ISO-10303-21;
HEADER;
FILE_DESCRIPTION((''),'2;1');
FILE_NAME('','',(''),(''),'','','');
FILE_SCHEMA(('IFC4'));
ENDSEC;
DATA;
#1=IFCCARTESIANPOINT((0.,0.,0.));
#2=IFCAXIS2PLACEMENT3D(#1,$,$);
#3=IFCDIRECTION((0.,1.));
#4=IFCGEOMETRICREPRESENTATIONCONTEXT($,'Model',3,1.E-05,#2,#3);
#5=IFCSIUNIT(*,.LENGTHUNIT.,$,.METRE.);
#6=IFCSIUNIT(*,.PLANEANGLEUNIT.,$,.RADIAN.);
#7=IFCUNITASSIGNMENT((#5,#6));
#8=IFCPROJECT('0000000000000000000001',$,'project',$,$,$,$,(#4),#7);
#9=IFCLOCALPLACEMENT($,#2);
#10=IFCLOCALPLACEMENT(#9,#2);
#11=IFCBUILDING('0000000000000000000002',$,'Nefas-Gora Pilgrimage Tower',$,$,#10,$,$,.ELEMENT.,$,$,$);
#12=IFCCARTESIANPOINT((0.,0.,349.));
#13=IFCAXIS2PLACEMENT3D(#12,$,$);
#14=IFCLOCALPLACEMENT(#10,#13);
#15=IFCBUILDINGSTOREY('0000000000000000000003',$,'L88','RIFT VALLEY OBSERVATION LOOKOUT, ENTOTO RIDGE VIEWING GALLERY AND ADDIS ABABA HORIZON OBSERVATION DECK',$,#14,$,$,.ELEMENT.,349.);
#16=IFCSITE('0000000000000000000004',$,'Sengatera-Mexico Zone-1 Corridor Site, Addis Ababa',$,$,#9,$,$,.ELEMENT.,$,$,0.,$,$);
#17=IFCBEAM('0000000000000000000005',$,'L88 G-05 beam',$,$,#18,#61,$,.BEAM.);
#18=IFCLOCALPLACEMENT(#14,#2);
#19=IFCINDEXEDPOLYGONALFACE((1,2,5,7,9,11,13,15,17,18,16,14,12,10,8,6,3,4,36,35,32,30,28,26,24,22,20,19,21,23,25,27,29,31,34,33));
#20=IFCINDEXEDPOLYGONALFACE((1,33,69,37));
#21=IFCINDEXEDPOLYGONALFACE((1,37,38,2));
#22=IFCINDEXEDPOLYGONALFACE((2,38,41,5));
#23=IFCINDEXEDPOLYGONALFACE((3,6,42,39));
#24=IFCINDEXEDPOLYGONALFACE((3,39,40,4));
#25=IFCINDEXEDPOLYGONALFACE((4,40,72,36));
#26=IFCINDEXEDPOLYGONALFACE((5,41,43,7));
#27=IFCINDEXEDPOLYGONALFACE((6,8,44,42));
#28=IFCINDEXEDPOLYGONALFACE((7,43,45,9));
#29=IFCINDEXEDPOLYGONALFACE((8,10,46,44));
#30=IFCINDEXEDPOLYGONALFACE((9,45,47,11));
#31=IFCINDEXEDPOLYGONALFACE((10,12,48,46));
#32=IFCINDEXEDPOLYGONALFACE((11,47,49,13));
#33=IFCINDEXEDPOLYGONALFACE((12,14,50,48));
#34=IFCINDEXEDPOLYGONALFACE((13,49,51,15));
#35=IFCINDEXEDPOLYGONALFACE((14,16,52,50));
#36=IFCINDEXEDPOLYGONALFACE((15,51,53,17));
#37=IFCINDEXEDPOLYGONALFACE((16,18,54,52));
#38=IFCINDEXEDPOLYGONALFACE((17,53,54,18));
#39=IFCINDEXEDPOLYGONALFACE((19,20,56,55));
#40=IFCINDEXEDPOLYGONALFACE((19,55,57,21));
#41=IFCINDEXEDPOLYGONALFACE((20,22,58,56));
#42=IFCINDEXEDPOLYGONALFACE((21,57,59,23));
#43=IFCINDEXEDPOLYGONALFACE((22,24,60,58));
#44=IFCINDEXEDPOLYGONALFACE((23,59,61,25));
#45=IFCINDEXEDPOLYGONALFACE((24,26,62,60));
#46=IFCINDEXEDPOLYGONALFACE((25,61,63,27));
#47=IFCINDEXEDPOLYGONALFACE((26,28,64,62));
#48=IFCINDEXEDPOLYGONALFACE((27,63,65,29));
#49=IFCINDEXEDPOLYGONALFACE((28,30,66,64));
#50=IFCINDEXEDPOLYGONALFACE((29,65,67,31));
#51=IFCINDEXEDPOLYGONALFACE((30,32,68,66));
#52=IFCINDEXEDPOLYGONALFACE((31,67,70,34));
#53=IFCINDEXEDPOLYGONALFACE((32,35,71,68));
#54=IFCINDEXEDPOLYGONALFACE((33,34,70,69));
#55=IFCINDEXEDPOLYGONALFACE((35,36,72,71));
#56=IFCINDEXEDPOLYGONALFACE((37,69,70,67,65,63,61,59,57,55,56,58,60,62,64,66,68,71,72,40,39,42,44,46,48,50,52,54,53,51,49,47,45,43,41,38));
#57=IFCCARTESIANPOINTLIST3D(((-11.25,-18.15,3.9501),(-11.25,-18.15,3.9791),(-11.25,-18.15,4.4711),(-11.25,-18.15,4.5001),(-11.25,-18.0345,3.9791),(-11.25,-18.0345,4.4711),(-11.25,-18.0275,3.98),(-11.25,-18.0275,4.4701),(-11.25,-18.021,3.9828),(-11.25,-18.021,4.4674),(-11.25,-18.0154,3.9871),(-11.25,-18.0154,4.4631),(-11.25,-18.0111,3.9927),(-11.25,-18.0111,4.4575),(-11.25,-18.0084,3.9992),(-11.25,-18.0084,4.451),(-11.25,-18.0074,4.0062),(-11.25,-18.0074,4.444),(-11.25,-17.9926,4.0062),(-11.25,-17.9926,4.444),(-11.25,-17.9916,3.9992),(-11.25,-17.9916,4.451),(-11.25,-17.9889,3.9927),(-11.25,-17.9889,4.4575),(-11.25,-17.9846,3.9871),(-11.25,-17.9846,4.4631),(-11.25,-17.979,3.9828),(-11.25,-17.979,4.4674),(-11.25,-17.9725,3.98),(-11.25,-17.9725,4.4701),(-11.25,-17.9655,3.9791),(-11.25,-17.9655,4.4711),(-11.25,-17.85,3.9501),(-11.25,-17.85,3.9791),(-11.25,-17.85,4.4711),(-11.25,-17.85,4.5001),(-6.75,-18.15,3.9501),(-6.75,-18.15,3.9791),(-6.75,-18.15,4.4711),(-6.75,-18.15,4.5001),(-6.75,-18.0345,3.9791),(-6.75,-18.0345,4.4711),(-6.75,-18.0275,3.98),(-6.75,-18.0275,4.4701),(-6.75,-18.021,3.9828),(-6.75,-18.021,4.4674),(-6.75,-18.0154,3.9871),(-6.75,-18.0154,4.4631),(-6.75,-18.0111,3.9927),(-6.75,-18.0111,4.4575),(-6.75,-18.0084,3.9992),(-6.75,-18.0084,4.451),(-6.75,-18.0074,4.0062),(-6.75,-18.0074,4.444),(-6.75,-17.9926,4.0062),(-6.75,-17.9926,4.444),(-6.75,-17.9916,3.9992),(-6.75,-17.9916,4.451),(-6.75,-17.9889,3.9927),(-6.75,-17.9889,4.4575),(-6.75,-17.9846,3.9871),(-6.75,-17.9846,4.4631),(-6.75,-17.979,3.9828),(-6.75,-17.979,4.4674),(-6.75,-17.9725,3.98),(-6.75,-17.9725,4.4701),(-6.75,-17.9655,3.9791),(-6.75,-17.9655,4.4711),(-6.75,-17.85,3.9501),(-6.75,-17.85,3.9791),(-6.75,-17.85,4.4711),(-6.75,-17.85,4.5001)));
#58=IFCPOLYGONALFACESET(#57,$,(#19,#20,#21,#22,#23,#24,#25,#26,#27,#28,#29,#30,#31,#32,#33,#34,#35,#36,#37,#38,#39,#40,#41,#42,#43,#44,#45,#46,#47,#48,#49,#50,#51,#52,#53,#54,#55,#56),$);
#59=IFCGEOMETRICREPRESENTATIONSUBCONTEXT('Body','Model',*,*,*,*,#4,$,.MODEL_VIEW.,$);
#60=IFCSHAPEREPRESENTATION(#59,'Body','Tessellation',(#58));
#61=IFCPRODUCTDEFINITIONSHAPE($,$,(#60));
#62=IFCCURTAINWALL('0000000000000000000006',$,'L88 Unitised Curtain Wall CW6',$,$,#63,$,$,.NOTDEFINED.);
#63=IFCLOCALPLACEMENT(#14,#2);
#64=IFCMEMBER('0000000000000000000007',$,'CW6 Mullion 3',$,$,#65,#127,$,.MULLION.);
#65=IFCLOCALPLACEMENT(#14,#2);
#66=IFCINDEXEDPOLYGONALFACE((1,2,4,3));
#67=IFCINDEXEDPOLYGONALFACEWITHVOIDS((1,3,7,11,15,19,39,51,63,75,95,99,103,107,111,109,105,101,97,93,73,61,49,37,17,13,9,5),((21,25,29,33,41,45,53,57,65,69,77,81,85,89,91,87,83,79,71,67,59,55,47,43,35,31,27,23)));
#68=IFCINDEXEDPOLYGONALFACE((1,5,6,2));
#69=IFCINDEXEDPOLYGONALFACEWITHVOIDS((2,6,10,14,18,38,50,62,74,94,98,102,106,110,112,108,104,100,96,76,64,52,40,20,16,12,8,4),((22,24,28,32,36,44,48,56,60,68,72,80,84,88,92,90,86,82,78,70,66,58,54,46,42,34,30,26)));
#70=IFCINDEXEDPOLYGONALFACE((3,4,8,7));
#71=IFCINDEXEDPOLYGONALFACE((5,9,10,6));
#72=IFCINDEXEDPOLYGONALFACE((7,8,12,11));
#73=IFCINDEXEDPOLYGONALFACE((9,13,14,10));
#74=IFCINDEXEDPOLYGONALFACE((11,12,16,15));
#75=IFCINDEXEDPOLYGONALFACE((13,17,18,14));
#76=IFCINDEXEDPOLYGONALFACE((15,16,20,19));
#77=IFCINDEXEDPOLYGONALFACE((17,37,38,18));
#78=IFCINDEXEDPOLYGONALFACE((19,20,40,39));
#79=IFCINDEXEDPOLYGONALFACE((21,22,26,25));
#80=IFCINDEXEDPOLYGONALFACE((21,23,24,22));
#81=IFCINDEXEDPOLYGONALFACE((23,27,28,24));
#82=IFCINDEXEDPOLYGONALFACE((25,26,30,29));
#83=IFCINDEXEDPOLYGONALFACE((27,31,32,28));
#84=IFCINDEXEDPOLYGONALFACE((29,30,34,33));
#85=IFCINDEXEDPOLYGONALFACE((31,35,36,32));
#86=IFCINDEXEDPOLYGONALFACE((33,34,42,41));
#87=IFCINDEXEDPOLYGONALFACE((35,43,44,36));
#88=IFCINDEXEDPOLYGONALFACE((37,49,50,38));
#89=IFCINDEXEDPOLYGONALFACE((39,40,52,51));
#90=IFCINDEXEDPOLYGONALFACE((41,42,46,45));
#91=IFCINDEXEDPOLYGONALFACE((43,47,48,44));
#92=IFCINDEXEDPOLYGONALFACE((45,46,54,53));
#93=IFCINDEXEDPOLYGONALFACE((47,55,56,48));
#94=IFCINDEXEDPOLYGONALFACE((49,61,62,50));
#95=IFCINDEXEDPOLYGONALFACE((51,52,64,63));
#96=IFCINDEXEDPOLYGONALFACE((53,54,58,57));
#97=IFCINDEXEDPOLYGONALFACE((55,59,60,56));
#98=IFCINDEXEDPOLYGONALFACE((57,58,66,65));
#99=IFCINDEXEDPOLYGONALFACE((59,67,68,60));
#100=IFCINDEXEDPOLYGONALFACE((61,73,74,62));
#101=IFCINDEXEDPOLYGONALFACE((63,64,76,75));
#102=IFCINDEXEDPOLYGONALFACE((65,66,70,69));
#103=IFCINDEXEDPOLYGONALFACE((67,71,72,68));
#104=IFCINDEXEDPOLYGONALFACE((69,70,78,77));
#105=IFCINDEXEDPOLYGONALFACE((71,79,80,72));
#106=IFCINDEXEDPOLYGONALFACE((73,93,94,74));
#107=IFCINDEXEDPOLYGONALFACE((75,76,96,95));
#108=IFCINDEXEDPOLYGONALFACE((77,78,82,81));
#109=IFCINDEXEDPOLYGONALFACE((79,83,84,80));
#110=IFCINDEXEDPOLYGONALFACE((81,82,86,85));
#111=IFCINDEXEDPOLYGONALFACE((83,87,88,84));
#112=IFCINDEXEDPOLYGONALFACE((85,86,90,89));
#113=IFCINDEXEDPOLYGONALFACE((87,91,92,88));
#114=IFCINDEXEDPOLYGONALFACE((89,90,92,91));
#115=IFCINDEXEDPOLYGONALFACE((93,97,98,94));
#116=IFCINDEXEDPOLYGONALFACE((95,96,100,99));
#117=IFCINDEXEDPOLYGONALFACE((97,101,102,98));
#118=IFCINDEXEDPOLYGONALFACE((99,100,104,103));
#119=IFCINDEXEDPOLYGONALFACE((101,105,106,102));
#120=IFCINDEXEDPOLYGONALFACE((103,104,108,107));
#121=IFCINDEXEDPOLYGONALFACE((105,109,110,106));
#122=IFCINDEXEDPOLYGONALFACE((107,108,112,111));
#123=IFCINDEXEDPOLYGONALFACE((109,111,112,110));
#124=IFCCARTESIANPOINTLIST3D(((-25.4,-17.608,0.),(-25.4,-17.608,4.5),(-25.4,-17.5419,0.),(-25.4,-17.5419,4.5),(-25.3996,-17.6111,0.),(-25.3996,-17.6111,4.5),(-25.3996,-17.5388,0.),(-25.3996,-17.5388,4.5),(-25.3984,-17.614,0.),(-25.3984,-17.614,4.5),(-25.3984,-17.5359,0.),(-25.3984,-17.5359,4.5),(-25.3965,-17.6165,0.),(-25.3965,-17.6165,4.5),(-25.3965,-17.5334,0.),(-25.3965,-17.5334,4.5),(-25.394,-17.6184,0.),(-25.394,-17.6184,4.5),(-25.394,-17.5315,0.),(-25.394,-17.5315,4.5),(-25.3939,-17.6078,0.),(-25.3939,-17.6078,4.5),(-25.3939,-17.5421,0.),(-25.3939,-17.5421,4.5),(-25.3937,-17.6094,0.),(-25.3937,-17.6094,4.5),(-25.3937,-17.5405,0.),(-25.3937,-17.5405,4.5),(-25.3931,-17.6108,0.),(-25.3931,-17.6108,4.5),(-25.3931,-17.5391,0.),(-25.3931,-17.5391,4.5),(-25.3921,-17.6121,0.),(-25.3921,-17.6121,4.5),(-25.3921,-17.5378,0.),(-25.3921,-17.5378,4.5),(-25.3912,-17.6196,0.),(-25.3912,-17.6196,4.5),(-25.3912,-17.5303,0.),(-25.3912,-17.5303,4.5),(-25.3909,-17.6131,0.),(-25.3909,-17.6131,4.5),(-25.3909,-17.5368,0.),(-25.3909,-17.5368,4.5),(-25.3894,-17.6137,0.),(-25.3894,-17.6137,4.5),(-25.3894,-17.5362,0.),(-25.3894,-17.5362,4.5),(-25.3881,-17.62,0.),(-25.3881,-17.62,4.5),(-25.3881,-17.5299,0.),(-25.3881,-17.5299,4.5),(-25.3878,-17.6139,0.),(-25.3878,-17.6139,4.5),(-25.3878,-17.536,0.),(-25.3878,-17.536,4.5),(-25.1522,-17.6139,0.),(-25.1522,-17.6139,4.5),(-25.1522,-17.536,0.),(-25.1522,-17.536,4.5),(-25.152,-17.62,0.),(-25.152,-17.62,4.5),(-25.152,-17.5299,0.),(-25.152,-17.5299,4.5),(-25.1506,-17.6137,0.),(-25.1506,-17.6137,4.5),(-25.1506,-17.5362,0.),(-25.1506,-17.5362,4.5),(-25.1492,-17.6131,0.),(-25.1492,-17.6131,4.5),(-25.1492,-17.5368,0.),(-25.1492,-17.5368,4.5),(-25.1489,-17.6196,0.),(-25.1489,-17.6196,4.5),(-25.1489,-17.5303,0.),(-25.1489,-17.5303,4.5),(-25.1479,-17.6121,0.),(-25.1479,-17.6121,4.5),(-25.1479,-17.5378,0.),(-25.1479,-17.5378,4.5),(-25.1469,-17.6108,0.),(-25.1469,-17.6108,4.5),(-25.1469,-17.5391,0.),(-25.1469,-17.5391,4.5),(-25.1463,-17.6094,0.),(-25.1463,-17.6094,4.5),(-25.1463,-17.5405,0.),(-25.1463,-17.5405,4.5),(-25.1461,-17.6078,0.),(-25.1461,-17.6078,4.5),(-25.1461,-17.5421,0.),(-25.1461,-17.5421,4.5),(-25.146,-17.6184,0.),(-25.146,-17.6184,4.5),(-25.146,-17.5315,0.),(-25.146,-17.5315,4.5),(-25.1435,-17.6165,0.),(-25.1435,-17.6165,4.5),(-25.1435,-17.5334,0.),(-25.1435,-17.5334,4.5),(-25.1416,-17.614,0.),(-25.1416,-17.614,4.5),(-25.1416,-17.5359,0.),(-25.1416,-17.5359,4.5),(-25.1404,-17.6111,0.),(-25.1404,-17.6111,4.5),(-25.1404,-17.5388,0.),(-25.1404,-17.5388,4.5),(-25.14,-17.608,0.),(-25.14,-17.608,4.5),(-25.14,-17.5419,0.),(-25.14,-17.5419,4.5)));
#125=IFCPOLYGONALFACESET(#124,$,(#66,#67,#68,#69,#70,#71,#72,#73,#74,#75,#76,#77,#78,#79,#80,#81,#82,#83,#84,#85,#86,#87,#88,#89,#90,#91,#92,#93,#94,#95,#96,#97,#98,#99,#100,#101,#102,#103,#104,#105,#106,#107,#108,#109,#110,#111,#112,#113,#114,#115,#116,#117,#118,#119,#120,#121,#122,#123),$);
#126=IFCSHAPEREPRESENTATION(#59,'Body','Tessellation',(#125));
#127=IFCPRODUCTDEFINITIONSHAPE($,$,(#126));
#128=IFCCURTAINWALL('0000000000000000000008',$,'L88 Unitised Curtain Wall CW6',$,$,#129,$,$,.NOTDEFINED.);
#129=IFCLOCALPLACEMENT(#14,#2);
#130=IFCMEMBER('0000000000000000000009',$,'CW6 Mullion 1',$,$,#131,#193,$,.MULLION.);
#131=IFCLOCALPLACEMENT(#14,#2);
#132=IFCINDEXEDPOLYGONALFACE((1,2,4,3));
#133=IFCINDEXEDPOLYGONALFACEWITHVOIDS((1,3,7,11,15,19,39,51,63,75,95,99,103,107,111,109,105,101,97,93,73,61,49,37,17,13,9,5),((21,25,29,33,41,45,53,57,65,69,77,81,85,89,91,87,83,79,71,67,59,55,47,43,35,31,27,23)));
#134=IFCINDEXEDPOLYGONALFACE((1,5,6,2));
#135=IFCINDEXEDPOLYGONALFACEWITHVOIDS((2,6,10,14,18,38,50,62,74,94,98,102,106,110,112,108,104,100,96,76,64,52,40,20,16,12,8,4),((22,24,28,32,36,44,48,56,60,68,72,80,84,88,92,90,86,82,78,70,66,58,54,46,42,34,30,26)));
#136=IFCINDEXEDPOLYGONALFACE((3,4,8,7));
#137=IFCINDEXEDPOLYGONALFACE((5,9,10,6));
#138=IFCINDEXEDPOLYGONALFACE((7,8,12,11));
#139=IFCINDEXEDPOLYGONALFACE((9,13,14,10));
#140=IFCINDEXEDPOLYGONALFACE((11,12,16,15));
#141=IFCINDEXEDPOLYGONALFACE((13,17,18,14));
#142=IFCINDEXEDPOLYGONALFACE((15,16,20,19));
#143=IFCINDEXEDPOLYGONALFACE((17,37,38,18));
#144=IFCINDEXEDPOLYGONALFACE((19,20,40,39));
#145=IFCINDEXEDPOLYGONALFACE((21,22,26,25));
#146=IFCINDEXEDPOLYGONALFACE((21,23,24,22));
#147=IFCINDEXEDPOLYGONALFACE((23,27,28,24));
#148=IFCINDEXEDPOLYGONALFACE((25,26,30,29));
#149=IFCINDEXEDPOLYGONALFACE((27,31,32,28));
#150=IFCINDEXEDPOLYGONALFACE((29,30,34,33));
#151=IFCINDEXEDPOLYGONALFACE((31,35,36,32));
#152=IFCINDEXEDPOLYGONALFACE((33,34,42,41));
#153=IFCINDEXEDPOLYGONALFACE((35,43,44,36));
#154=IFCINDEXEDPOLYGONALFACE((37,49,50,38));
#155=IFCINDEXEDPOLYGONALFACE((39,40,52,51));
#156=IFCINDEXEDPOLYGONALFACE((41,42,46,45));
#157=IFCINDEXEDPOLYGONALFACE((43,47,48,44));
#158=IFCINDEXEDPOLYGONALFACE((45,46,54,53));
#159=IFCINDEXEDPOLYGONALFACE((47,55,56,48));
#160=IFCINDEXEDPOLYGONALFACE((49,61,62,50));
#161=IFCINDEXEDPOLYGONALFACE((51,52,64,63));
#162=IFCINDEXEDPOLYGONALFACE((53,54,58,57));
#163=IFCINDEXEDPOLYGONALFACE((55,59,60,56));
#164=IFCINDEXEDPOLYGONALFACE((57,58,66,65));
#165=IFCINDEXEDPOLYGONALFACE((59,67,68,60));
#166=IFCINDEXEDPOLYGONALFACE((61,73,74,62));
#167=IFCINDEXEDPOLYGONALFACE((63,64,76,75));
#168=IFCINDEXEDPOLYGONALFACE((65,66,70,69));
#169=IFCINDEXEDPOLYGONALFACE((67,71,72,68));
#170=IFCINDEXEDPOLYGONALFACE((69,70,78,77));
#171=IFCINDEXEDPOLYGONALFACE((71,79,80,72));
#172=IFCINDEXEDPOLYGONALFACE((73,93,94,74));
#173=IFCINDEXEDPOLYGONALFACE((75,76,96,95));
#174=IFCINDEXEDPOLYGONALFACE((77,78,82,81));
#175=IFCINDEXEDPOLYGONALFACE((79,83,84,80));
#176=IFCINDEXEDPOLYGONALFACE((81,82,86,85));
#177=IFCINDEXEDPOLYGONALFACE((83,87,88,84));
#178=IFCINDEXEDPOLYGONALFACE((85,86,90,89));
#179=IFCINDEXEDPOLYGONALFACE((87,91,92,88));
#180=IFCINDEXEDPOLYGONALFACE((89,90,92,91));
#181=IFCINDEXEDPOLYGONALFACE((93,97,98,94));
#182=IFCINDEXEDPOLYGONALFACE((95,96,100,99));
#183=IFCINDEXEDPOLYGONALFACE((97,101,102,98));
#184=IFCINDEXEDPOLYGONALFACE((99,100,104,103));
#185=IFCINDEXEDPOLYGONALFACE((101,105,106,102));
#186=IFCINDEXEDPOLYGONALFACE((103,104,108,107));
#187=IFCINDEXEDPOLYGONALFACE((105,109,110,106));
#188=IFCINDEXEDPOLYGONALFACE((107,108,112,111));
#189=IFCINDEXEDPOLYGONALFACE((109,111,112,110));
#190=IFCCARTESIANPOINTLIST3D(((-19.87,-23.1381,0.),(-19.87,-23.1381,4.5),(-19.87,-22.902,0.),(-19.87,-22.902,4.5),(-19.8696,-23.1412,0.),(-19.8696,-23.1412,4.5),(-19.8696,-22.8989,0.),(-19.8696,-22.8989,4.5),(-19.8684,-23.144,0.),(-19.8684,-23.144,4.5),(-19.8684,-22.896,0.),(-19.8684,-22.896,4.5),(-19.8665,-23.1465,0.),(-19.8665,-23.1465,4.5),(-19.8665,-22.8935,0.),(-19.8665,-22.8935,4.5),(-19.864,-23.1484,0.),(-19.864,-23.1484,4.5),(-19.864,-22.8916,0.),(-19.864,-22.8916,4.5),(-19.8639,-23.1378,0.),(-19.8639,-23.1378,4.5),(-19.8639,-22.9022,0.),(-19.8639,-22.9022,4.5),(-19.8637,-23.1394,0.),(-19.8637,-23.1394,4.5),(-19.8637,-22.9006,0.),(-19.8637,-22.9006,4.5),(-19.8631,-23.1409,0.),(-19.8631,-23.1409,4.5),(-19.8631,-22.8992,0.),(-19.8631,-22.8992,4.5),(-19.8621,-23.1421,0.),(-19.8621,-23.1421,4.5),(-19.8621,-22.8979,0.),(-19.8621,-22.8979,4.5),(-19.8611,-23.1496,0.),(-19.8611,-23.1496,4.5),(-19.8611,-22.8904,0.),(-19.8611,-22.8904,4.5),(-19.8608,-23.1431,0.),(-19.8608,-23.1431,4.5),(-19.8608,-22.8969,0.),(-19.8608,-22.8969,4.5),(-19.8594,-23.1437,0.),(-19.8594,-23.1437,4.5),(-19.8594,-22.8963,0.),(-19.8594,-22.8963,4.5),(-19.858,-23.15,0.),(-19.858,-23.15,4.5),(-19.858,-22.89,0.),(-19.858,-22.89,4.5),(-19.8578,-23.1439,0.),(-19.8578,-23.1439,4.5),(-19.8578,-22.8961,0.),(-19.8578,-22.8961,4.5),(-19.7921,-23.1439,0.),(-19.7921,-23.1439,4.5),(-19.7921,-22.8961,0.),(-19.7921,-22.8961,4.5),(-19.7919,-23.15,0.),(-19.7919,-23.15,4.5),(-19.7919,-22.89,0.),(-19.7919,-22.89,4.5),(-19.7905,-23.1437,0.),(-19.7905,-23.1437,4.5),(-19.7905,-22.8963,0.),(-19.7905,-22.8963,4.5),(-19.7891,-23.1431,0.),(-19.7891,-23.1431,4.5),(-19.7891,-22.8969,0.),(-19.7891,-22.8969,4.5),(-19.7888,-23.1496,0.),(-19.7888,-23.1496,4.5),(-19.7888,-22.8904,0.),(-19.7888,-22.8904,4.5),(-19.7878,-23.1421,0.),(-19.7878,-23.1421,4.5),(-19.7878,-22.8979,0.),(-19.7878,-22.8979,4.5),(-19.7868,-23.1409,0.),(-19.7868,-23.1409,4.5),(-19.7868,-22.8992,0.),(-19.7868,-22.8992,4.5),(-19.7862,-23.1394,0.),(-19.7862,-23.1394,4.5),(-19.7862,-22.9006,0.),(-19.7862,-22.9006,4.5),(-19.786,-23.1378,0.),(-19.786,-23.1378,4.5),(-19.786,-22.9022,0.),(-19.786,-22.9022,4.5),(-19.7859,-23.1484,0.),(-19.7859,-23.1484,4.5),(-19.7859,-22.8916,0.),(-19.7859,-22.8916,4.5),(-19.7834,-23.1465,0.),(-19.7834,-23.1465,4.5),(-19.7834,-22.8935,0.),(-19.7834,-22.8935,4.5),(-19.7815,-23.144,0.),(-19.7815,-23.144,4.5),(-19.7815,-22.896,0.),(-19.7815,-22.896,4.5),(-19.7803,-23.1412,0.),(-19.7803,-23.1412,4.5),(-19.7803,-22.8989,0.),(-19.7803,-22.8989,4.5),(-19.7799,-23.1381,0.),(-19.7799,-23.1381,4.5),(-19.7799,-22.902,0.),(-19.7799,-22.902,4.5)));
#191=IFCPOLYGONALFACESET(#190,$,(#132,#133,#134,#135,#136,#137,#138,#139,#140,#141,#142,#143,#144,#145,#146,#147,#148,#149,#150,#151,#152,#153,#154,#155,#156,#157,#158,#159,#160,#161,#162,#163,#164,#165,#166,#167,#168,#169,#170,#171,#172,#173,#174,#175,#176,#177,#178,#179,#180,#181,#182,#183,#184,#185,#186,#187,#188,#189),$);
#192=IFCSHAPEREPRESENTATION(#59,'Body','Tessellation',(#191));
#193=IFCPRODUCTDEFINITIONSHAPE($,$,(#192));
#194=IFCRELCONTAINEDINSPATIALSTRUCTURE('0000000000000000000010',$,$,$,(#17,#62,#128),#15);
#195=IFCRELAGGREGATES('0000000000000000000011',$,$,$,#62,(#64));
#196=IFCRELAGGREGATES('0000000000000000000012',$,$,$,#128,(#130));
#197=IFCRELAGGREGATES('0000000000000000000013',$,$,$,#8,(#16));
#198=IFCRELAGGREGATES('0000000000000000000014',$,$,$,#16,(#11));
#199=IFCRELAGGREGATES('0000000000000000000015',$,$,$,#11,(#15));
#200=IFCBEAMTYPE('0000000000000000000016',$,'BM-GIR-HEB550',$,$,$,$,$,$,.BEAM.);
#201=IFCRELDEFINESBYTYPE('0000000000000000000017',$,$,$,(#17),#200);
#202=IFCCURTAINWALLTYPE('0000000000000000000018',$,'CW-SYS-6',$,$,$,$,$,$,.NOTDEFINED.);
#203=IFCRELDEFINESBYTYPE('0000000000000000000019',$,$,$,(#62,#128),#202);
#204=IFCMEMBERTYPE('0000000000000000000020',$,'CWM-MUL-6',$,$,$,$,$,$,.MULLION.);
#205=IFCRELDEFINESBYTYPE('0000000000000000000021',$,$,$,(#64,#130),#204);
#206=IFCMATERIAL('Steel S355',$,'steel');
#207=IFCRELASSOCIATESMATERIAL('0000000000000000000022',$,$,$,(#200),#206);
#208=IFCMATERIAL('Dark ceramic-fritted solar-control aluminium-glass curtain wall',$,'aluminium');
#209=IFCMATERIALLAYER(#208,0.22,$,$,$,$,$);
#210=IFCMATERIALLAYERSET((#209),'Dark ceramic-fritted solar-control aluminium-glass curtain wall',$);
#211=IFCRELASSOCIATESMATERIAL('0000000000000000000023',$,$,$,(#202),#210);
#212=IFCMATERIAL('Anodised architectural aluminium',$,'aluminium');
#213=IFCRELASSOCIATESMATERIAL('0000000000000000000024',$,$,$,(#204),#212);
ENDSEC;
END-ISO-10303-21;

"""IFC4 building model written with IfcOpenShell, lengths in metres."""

from ifc_helpers import new_model, si_unit, direction, frame, origin, origin_2d, place, context, subcontext, project, spatial, hollow_rectangle, i_section, extrude, source, transform, mapped, material, layer, layer_set, material_profile, profile_set, type_object, element, aggregate, save


model = new_model("IFC4")

# Units and contexts
model_context = context("Model", 3, precision=1e-05, world=origin(), true_north=direction((0.0, 1.0)))
body_context = subcontext(model_context, "Body", "Model", "MODEL_VIEW")
ifc_project = project(units=[si_unit("LENGTHUNIT", "METRE"), si_unit("PLANEANGLEUNIT", "RADIAN")], contexts=[model_context])

# Site, building, storey
site_placement = place(None, origin())
site = spatial("IfcSite", under=ifc_project, at=site_placement, Name="Sengatera-Mexico Zone-1 Corridor Site, Addis Ababa", CompositionType="ELEMENT", RefElevation=0.0)
building_placement = place(site_placement, origin())
building = spatial("IfcBuilding", under=site, at=building_placement, Name="Nefas-Gora Pilgrimage Tower", CompositionType="ELEMENT")
storey_placement = place(building_placement, frame((0.0, 0.0, 349.0)))
storey = spatial("IfcBuildingStorey", under=building, at=storey_placement, Name="L88", Description="RIFT VALLEY OBSERVATION LOOKOUT, ENTOTO RIDGE VIEWING GALLERY AND ADDIS ABABA HORIZON OBSERVATION DECK", CompositionType="ELEMENT", Elevation=349.0)

# Shared definitions
ifc_material_1 = material(Name="Steel S355", Category="steel")

# Beam
ifc_material_profile_1 = material_profile(ifc_material_1, i_section(OverallWidth=0.3, OverallDepth=0.55, WebThickness=0.0149, FlangeThickness=0.0291, FilletRadius=0.0271, at=origin_2d()), Name="HEB 550")
ifc_profile_set_1 = profile_set([ifc_material_profile_1], Name="Steel S355")
beam_type_1 = type_object("IfcBeamType", Name="BM-GIR-HEB550", PredefinedType="BEAM", material=ifc_profile_set_1)
shared_shape_1 = source(origin(), body_context, "Body", "SweptSolid", [
    extrude(i_section(OverallWidth=0.3, OverallDepth=0.55, WebThickness=0.0149, FlangeThickness=0.0291, FilletRadius=0.0271, at=origin_2d()), origin(), (0.0, 0.0, 1.0), 4.5),
])
for number, where, z_axis, x_axis, name in (
    (1, (-11.25, -18.0, 4.2251), (1.0, 0.0, 0.0), (0.0, 1.0, 0.0), "L88 G-05 beam"),
):
    element("IfcBeam", number, at=place(storey_placement, frame(where, z_axis=z_axis, x_axis=x_axis)), inside=storey, type_object=beam_type_1, Name=name, PredefinedType="BEAM", context=body_context, shape_type="MappedRepresentation", body=[
        mapped(shared_shape_1, transform((0.0, 0.0, 0.0), x_axis=(1.0, 0.0, 0.0), y_axis=(0.0, 1.0, 0.0), z_axis=(0.0, 0.0, 1.0), scale=1.0)),
    ])

# Curtain wall, member
ifc_material_2 = material(Name="Dark ceramic-fritted solar-control aluminium-glass curtain wall", Category="aluminium")
ifc_layer_1 = layer(ifc_material_2, 0.22)
ifc_layer_set_1 = layer_set([ifc_layer_1], Name="Dark ceramic-fritted solar-control aluminium-glass curtain wall")
curtain_wall_type = type_object("IfcCurtainWallType", Name="CW-SYS-6", PredefinedType="NOTDEFINED", material=ifc_layer_set_1)
curtain_wall_1_placement = place(storey_placement, origin())
curtain_wall_1 = element("IfcCurtainWall", 2, at=curtain_wall_1_placement, inside=storey, type_object=curtain_wall_type, Name="L88 Unitised Curtain Wall CW6", PredefinedType="NOTDEFINED")
ifc_material_3 = material(Name="Anodised architectural aluminium", Category="aluminium")
ifc_material_profile_2 = material_profile(ifc_material_3, hollow_rectangle(XDim=0.0901, YDim=0.26, WallThickness=0.0061, InnerFilletRadius=0.0061, OuterFilletRadius=0.012, at=origin_2d()), Name="ALU MULLION 90x260")
ifc_profile_set_2 = profile_set([ifc_material_profile_2], Name="Anodised architectural aluminium")
member_type_1 = type_object("IfcMemberType", Name="CWM-MUL-6", PredefinedType="MULLION", material=ifc_profile_set_2)
shared_shape_2 = source(origin(), body_context, "Body", "SweptSolid", [
    extrude(hollow_rectangle(XDim=0.0901, YDim=0.26, WallThickness=0.0061, InnerFilletRadius=0.0061, OuterFilletRadius=0.012, at=origin_2d()), origin(), (0.0, 0.0, 1.0), 4.5),
])
member_1_placement = place(storey_placement, frame((-25.27, -17.575, 0.0), z_axis=(0.0, 0.0, 1.0), x_axis=(0.0, -1.0, 0.0)))
member_1 = element("IfcMember", 3, at=member_1_placement, type_object=member_type_1, Name="CW6 Mullion 3", PredefinedType="MULLION", context=body_context, shape_type="MappedRepresentation", body=[
    mapped(shared_shape_2, transform((0.0, 0.0, 0.0), x_axis=(1.0, 0.0, 0.0), y_axis=(0.0, 1.0, 0.0), z_axis=(0.0, 0.0, 1.0), scale=1.0)),
])
aggregate(curtain_wall_1, [member_1])

# Curtain wall, member
curtain_wall_2_placement = place(storey_placement, origin())
curtain_wall_2 = element("IfcCurtainWall", 4, at=curtain_wall_2_placement, inside=storey, type_object=curtain_wall_type, Name="L88 Unitised Curtain Wall CW6", PredefinedType="NOTDEFINED")
member_2_placement = place(storey_placement, frame((-19.825, -23.02, 0.0), z_axis=(0.0, 0.0, 1.0), x_axis=(1.0, 0.0, 0.0)))
member_2 = element("IfcMember", 5, at=member_2_placement, type_object=member_type_1, Name="CW6 Mullion 1", PredefinedType="MULLION", context=body_context, shape_type="MappedRepresentation", body=[
    mapped(shared_shape_2, transform((0.0, 0.0, 0.0), x_axis=(1.0, 0.0, 0.0), y_axis=(0.0, 1.0, 0.0), z_axis=(0.0, 0.0, 1.0), scale=1.0)),
])
aggregate(curtain_wall_2, [member_2])

save(model, "model.ifc")
